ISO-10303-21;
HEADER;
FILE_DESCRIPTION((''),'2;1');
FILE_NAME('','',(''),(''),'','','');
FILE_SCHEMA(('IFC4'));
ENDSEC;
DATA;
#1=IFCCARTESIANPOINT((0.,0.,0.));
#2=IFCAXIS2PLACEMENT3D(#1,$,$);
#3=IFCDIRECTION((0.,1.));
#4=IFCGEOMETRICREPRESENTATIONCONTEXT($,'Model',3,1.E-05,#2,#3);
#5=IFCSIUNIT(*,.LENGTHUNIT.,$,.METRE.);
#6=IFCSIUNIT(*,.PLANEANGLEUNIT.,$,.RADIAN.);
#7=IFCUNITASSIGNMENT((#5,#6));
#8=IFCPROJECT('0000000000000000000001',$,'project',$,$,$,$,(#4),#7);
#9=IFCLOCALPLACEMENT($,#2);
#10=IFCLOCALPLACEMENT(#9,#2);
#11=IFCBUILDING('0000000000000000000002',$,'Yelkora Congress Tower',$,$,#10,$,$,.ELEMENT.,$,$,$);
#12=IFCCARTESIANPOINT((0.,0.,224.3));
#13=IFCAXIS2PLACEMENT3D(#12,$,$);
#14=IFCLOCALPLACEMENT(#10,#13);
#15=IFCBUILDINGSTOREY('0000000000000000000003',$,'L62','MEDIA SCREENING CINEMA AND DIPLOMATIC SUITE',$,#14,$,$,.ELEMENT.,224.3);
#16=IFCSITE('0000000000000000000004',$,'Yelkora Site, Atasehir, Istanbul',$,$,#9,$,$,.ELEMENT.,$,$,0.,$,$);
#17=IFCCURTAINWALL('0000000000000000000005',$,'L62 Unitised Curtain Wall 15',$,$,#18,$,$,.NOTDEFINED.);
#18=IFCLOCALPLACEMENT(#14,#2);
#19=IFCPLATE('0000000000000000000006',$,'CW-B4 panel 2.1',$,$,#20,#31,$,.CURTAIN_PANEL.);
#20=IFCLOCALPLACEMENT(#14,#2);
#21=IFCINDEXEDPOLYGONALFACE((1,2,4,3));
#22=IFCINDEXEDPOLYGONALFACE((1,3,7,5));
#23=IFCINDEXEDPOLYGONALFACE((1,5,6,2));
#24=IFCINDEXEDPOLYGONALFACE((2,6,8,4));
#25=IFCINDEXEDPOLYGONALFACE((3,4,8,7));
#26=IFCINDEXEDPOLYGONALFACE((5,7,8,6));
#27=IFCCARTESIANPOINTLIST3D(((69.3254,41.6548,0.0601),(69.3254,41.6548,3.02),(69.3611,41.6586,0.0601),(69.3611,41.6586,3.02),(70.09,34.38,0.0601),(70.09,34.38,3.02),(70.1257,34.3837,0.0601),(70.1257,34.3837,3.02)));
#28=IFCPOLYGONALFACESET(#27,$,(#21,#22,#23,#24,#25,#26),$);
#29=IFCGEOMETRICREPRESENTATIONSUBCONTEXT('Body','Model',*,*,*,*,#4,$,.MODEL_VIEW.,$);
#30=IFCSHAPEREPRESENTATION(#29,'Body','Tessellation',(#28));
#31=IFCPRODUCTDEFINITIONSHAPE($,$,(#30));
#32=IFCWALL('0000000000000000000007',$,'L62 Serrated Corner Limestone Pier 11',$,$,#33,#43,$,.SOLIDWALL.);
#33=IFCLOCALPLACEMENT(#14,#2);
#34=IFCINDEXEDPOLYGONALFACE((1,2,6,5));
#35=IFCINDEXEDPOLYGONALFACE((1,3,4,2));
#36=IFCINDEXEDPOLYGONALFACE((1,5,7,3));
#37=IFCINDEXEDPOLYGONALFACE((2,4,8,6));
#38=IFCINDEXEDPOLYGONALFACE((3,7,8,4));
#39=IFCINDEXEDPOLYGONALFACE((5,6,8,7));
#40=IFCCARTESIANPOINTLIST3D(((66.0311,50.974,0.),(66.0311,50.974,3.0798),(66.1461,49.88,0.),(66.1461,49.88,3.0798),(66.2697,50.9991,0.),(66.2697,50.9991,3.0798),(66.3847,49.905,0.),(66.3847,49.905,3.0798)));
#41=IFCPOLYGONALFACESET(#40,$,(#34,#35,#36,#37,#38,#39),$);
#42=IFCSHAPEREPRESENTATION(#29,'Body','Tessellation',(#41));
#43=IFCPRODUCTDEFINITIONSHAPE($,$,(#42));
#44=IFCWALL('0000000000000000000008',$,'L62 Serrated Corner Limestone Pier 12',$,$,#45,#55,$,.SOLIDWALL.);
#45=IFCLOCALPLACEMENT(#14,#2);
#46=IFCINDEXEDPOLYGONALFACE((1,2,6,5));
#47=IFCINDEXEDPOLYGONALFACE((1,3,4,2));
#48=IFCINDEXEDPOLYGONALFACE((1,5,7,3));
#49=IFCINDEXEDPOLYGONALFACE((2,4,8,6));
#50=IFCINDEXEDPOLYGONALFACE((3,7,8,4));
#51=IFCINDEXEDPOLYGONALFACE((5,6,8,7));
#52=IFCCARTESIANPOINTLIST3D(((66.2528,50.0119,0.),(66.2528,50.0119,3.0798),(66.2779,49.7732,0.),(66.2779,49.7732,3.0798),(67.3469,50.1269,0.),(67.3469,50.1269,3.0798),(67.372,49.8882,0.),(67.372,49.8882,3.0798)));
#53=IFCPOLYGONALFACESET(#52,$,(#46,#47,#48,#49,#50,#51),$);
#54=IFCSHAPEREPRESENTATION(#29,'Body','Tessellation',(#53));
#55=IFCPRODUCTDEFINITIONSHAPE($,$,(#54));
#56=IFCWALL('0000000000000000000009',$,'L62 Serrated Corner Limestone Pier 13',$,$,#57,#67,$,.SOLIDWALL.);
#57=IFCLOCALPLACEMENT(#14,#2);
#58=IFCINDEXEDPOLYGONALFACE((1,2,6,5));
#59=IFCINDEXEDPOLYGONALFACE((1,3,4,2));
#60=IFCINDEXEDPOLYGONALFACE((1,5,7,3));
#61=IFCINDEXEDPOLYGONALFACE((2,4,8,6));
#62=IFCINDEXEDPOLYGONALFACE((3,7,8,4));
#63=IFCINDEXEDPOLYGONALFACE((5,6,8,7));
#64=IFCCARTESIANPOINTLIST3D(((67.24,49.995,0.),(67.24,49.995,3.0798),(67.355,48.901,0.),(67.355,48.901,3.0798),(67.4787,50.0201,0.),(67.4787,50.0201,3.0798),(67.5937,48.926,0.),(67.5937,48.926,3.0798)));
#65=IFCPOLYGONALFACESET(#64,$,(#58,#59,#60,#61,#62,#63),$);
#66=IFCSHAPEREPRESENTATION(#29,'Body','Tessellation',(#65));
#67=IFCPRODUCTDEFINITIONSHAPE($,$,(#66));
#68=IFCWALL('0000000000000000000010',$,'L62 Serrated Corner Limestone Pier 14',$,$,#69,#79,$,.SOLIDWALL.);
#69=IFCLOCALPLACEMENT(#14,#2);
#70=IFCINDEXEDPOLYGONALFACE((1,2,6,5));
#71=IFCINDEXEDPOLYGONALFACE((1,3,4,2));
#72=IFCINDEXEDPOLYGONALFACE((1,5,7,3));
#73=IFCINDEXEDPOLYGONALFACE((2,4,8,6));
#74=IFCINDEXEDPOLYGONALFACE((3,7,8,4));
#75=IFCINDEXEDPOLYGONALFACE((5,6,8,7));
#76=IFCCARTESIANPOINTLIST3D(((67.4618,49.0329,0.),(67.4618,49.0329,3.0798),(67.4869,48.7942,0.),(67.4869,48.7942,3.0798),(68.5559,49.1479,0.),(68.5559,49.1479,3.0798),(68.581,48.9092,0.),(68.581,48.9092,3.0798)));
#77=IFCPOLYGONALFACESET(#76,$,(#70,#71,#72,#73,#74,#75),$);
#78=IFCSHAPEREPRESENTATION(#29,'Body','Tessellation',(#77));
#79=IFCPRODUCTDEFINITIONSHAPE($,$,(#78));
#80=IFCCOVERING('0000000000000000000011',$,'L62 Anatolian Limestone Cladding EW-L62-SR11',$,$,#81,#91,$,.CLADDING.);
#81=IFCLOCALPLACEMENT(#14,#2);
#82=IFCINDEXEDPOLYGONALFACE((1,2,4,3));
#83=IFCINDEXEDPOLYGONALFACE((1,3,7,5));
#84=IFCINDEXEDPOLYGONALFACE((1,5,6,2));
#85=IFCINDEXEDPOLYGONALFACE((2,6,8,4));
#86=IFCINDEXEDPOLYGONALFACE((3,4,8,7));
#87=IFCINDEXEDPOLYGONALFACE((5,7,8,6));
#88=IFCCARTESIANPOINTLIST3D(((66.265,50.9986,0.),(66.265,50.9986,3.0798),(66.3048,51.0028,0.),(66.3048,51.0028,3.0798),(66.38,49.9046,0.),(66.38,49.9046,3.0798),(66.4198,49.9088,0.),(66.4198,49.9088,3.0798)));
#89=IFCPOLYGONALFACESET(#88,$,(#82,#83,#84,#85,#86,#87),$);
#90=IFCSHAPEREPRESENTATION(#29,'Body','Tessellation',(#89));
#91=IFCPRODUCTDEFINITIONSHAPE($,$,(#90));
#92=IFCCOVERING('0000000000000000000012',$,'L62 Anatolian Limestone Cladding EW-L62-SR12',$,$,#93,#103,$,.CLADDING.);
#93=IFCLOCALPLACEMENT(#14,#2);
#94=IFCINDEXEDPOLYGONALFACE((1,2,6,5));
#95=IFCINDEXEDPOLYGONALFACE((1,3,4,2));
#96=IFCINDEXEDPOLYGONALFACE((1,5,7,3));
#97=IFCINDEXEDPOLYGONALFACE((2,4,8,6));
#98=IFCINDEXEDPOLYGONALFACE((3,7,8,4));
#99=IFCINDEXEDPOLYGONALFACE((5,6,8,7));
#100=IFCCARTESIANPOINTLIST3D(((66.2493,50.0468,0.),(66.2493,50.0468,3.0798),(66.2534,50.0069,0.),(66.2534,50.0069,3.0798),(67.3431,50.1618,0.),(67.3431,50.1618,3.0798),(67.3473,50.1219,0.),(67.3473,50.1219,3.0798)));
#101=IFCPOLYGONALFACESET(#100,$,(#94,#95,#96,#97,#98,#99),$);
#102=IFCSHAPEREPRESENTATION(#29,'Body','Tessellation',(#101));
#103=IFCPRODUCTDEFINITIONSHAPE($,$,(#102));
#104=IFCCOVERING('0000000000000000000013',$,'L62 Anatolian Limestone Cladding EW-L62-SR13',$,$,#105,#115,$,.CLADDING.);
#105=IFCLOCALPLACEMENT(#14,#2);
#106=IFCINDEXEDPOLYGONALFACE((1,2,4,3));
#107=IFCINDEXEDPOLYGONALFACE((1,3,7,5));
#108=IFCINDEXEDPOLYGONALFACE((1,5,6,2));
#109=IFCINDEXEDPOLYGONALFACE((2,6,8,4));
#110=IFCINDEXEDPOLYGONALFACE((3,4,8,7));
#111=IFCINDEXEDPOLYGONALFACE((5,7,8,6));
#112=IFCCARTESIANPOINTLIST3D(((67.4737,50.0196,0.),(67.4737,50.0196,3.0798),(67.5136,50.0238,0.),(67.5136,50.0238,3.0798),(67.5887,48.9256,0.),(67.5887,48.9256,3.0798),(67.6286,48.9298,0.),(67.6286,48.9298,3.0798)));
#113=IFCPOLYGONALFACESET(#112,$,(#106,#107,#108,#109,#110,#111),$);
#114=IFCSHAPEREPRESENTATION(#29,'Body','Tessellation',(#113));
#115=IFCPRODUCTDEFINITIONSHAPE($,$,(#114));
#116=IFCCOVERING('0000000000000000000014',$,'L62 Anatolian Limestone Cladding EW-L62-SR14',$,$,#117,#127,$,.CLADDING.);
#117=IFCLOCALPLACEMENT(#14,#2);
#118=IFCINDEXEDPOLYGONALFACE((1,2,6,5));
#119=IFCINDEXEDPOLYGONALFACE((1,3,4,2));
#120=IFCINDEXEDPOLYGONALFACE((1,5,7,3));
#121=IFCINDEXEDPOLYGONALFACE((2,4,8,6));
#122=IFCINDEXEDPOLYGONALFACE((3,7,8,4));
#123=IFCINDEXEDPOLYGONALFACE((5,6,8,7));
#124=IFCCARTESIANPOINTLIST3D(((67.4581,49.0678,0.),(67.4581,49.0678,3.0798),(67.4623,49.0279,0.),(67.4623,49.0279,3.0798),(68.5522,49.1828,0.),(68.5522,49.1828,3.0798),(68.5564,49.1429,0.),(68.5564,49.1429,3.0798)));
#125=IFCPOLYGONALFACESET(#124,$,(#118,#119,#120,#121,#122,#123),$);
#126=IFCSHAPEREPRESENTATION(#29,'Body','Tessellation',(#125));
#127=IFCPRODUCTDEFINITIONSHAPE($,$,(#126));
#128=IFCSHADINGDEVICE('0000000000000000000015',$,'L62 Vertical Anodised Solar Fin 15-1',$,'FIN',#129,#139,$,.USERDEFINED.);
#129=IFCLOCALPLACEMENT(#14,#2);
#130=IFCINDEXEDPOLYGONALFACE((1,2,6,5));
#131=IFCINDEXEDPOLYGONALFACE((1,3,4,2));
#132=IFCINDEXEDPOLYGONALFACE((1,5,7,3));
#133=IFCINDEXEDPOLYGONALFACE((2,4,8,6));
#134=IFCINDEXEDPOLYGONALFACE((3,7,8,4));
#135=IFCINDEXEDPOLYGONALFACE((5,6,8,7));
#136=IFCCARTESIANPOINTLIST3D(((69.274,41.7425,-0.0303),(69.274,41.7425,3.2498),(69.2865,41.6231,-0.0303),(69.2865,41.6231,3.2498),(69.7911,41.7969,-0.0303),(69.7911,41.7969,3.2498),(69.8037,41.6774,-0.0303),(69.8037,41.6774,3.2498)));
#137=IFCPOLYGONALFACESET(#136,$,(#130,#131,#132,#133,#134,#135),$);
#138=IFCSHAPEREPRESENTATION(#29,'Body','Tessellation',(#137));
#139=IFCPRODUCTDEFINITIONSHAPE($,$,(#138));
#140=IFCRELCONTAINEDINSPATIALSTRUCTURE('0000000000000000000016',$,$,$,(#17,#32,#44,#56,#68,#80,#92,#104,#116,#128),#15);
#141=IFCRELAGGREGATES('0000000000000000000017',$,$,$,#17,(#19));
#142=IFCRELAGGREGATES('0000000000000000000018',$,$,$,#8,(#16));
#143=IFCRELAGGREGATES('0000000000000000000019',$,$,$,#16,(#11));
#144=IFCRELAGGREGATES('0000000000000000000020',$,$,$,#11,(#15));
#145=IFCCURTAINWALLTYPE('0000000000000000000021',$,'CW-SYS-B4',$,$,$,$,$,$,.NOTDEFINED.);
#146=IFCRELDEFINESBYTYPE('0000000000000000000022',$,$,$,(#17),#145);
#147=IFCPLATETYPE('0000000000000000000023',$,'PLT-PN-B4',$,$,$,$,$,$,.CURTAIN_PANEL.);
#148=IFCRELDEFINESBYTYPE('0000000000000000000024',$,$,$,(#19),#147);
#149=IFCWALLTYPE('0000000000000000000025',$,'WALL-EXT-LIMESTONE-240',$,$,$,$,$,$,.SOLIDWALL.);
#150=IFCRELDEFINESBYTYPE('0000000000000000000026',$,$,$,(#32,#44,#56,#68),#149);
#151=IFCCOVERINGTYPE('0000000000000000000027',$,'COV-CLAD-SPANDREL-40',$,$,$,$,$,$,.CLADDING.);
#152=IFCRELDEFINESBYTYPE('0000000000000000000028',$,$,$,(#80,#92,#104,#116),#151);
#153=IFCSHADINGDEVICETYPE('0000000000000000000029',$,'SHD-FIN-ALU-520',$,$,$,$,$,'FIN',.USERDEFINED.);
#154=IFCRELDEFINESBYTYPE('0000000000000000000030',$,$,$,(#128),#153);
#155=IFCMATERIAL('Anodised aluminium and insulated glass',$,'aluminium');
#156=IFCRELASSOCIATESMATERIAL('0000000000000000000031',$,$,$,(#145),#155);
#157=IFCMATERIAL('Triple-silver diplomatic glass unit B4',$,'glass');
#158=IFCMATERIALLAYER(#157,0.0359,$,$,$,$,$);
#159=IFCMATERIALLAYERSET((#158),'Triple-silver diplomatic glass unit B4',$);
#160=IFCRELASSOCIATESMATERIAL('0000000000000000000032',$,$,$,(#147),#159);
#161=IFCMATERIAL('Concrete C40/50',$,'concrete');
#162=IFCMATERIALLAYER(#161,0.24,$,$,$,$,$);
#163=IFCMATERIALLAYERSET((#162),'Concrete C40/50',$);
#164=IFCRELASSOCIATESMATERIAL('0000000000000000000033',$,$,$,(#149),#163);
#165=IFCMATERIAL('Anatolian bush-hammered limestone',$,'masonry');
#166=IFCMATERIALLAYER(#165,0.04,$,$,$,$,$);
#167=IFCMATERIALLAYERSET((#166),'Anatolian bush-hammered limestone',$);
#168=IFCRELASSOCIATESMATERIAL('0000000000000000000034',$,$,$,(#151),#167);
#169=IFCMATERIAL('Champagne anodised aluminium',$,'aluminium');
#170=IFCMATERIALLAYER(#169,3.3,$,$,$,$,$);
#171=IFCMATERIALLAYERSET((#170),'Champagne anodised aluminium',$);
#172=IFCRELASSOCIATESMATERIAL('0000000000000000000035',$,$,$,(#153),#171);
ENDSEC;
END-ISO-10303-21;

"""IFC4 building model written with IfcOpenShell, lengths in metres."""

from ifc_helpers import new_model, si_unit, direction, frame, frame_2d, origin, origin_2d, place, context, subcontext, project, spatial, rectangle, extrude, material, layer, layer_set, type_object, element, aggregate, save


model = new_model("IFC4")

# Units and contexts
model_context = context("Model", 3, precision=1e-05, world=origin(), true_north=direction((0.0, 1.0)))
body_context = subcontext(model_context, "Body", "Model", "MODEL_VIEW")
ifc_project = project(units=[si_unit("LENGTHUNIT", "METRE"), si_unit("PLANEANGLEUNIT", "RADIAN")], contexts=[model_context])

# Site, building, storey
site_placement = place(None, origin())
site = spatial("IfcSite", under=ifc_project, at=site_placement, Name="Yelkora Site, Atasehir, Istanbul", CompositionType="ELEMENT", RefElevation=0.0)
building_placement = place(site_placement, origin())
building = spatial("IfcBuilding", under=site, at=building_placement, Name="Yelkora Congress Tower", CompositionType="ELEMENT")
storey_placement = place(building_placement, frame((0.0, 0.0, 224.3)))
storey = spatial("IfcBuildingStorey", under=building, at=storey_placement, Name="L62", Description="MEDIA SCREENING CINEMA AND DIPLOMATIC SUITE", CompositionType="ELEMENT", Elevation=224.3)

# Shared definitions
ifc_material_1 = material(Name="Anodised aluminium and insulated glass", Category="aluminium")
curtain_wall_type = type_object("IfcCurtainWallType", Name="CW-SYS-B4", PredefinedType="NOTDEFINED", material=ifc_material_1)

# Curtain wall, plate
curtain_wall_1_placement = place(storey_placement, origin())
curtain_wall_1 = element("IfcCurtainWall", 1, at=curtain_wall_1_placement, inside=storey, type_object=curtain_wall_type, Name="L62 Unitised Curtain Wall 15", PredefinedType="NOTDEFINED")
ifc_material_2 = material(Name="Triple-silver diplomatic glass unit B4", Category="glass")
ifc_layer_1 = layer(ifc_material_2, 0.0359)
ifc_layer_set_1 = layer_set([ifc_layer_1], Name="Triple-silver diplomatic glass unit B4")
plate_type = type_object("IfcPlateType", Name="PLT-PN-B4", PredefinedType="CURTAIN_PANEL", material=ifc_layer_set_1)
plate_1_placement = place(storey_placement, frame((69.7256, 38.0193, 0.0601), z_axis=(0.0, 0.0, 1.0), x_axis=(0.104526, -0.994522, 0.0)))
plate_1 = element("IfcPlate", 2, at=plate_1_placement, type_object=plate_type, Name="CW-B4 panel 2.1", PredefinedType="CURTAIN_PANEL", context=body_context, shape_type="SweptSolid", body=[
    extrude(rectangle(XDim=7.3149, YDim=0.0359, at=origin_2d()), origin(), (0.0, 0.0, 1.0), 2.96),
])
aggregate(curtain_wall_1, [plate_1])

# Walls
ifc_material_3 = material(Name="Concrete C40/50", Category="concrete")
ifc_layer_2 = layer(ifc_material_3, 0.24)
ifc_layer_set_2 = layer_set([ifc_layer_2], Name="Concrete C40/50")
wall_type = type_object("IfcWallType", Name="WALL-EXT-LIMESTONE-240", PredefinedType="SOLIDWALL", material=ifc_layer_set_2)
for number, where, z_axis, x_axis, name in (
    (3, (66.1504, 50.9866, 0.0), (0.0, 0.0, 1.0), (0.104535, -0.994521, 0.0), "L62 Serrated Corner Limestone Pier 11"),
    (4, (66.2654, 49.8926, 0.0), (0.0, 0.0, 1.0), (0.994521, 0.104535, 0.0), "L62 Serrated Corner Limestone Pier 12"),
    (5, (67.3594, 50.0076, 0.0), (0.0, 0.0, 1.0), (0.104535, -0.994521, 0.0), "L62 Serrated Corner Limestone Pier 13"),
    (6, (67.4744, 48.9136, 0.0), (0.0, 0.0, 1.0), (0.994521, 0.104535, 0.0), "L62 Serrated Corner Limestone Pier 14"),
):
    element("IfcWall", number, at=place(storey_placement, frame(where, z_axis=z_axis, x_axis=x_axis)), inside=storey, type_object=wall_type, Name=name, PredefinedType="SOLIDWALL", context=body_context, shape_type="SweptSolid", body=[
        extrude(rectangle(XDim=1.1001, YDim=0.24, at=frame_2d((0.55, 0.0))), origin(), (0.0, 0.0, 1.0), 3.0798),
    ])

# Coverings
ifc_material_4 = material(Name="Anatolian bush-hammered limestone", Category="masonry")
ifc_layer_3 = layer(ifc_material_4, 0.04)
ifc_layer_set_3 = layer_set([ifc_layer_3], Name="Anatolian bush-hammered limestone")
covering_type = type_object("IfcCoveringType", Name="COV-CLAD-SPANDREL-40", PredefinedType="CLADDING", material=ifc_layer_set_3)
covering_1_placement = place(storey_placement, frame((66.2849, 51.0007, 0.0), z_axis=(0.0, 0.0, 1.0), x_axis=(0.104535, -0.994521, 0.0)))
element("IfcCovering", 7, at=covering_1_placement, inside=storey, type_object=covering_type, Name="L62 Anatolian Limestone Cladding EW-L62-SR11", PredefinedType="CLADDING", context=body_context, shape_type="SweptSolid", body=[
    extrude(rectangle(XDim=1.1001, YDim=0.04, at=frame_2d((0.55, 0.0))), origin(), (0.0, 0.0, 1.0), 3.0798),
])
covering_2_placement = place(storey_placement, frame((66.2515, 50.0269, 0.0), z_axis=(0.0, 0.0, 1.0), x_axis=(0.994519, 0.104558, 0.0)))
element("IfcCovering", 8, at=covering_2_placement, inside=storey, type_object=covering_type, Name="L62 Anatolian Limestone Cladding EW-L62-SR12", PredefinedType="CLADDING", context=body_context, shape_type="SweptSolid", body=[
    extrude(rectangle(XDim=1.0999, YDim=0.04, at=frame_2d((0.5498, 0.0))), origin(), (0.0, 0.0, 1.0), 3.0798),
])
for number, where, z_axis, x_axis, name in (
    (9, (67.4937, 50.0217, 0.0), (0.0, 0.0, 1.0), (0.104535, -0.994521, 0.0), "L62 Anatolian Limestone Cladding EW-L62-SR13"),
    (10, (67.4602, 49.0479, 0.0), (0.0, 0.0, 1.0), (0.994521, 0.104535, 0.0), "L62 Anatolian Limestone Cladding EW-L62-SR14"),
):
    element("IfcCovering", number, at=place(storey_placement, frame(where, z_axis=z_axis, x_axis=x_axis)), inside=storey, type_object=covering_type, Name=name, PredefinedType="CLADDING", context=body_context, shape_type="SweptSolid", body=[
        extrude(rectangle(XDim=1.1001, YDim=0.04, at=frame_2d((0.55, 0.0))), origin(), (0.0, 0.0, 1.0), 3.0798),
    ])

# Shading device
ifc_material_5 = material(Name="Champagne anodised aluminium", Category="aluminium")
ifc_layer_4 = layer(ifc_material_5, 3.3)
ifc_layer_set_4 = layer_set([ifc_layer_4], Name="Champagne anodised aluminium")
shading_device_type = type_object("IfcShadingDeviceType", Name="SHD-FIN-ALU-520", ElementType="FIN", PredefinedType="USERDEFINED", material=ifc_layer_set_4)
shading_device_placement = place(storey_placement, frame((69.5388, 41.71, -0.0303), z_axis=(0.0, 0.0, 1.0), x_axis=(0.104528, -0.994522, 0.0)))
element("IfcShadingDevice", 11, at=shading_device_placement, inside=storey, type_object=shading_device_type, Name="L62 Vertical Anodised Solar Fin 15-1", ObjectType="FIN", PredefinedType="USERDEFINED", context=body_context, shape_type="SweptSolid", body=[
    extrude(rectangle(XDim=0.1201, YDim=0.52, at=origin_2d()), origin(), (0.0, 0.0, 1.0), 3.28),
])

save(model, "model.ifc")
